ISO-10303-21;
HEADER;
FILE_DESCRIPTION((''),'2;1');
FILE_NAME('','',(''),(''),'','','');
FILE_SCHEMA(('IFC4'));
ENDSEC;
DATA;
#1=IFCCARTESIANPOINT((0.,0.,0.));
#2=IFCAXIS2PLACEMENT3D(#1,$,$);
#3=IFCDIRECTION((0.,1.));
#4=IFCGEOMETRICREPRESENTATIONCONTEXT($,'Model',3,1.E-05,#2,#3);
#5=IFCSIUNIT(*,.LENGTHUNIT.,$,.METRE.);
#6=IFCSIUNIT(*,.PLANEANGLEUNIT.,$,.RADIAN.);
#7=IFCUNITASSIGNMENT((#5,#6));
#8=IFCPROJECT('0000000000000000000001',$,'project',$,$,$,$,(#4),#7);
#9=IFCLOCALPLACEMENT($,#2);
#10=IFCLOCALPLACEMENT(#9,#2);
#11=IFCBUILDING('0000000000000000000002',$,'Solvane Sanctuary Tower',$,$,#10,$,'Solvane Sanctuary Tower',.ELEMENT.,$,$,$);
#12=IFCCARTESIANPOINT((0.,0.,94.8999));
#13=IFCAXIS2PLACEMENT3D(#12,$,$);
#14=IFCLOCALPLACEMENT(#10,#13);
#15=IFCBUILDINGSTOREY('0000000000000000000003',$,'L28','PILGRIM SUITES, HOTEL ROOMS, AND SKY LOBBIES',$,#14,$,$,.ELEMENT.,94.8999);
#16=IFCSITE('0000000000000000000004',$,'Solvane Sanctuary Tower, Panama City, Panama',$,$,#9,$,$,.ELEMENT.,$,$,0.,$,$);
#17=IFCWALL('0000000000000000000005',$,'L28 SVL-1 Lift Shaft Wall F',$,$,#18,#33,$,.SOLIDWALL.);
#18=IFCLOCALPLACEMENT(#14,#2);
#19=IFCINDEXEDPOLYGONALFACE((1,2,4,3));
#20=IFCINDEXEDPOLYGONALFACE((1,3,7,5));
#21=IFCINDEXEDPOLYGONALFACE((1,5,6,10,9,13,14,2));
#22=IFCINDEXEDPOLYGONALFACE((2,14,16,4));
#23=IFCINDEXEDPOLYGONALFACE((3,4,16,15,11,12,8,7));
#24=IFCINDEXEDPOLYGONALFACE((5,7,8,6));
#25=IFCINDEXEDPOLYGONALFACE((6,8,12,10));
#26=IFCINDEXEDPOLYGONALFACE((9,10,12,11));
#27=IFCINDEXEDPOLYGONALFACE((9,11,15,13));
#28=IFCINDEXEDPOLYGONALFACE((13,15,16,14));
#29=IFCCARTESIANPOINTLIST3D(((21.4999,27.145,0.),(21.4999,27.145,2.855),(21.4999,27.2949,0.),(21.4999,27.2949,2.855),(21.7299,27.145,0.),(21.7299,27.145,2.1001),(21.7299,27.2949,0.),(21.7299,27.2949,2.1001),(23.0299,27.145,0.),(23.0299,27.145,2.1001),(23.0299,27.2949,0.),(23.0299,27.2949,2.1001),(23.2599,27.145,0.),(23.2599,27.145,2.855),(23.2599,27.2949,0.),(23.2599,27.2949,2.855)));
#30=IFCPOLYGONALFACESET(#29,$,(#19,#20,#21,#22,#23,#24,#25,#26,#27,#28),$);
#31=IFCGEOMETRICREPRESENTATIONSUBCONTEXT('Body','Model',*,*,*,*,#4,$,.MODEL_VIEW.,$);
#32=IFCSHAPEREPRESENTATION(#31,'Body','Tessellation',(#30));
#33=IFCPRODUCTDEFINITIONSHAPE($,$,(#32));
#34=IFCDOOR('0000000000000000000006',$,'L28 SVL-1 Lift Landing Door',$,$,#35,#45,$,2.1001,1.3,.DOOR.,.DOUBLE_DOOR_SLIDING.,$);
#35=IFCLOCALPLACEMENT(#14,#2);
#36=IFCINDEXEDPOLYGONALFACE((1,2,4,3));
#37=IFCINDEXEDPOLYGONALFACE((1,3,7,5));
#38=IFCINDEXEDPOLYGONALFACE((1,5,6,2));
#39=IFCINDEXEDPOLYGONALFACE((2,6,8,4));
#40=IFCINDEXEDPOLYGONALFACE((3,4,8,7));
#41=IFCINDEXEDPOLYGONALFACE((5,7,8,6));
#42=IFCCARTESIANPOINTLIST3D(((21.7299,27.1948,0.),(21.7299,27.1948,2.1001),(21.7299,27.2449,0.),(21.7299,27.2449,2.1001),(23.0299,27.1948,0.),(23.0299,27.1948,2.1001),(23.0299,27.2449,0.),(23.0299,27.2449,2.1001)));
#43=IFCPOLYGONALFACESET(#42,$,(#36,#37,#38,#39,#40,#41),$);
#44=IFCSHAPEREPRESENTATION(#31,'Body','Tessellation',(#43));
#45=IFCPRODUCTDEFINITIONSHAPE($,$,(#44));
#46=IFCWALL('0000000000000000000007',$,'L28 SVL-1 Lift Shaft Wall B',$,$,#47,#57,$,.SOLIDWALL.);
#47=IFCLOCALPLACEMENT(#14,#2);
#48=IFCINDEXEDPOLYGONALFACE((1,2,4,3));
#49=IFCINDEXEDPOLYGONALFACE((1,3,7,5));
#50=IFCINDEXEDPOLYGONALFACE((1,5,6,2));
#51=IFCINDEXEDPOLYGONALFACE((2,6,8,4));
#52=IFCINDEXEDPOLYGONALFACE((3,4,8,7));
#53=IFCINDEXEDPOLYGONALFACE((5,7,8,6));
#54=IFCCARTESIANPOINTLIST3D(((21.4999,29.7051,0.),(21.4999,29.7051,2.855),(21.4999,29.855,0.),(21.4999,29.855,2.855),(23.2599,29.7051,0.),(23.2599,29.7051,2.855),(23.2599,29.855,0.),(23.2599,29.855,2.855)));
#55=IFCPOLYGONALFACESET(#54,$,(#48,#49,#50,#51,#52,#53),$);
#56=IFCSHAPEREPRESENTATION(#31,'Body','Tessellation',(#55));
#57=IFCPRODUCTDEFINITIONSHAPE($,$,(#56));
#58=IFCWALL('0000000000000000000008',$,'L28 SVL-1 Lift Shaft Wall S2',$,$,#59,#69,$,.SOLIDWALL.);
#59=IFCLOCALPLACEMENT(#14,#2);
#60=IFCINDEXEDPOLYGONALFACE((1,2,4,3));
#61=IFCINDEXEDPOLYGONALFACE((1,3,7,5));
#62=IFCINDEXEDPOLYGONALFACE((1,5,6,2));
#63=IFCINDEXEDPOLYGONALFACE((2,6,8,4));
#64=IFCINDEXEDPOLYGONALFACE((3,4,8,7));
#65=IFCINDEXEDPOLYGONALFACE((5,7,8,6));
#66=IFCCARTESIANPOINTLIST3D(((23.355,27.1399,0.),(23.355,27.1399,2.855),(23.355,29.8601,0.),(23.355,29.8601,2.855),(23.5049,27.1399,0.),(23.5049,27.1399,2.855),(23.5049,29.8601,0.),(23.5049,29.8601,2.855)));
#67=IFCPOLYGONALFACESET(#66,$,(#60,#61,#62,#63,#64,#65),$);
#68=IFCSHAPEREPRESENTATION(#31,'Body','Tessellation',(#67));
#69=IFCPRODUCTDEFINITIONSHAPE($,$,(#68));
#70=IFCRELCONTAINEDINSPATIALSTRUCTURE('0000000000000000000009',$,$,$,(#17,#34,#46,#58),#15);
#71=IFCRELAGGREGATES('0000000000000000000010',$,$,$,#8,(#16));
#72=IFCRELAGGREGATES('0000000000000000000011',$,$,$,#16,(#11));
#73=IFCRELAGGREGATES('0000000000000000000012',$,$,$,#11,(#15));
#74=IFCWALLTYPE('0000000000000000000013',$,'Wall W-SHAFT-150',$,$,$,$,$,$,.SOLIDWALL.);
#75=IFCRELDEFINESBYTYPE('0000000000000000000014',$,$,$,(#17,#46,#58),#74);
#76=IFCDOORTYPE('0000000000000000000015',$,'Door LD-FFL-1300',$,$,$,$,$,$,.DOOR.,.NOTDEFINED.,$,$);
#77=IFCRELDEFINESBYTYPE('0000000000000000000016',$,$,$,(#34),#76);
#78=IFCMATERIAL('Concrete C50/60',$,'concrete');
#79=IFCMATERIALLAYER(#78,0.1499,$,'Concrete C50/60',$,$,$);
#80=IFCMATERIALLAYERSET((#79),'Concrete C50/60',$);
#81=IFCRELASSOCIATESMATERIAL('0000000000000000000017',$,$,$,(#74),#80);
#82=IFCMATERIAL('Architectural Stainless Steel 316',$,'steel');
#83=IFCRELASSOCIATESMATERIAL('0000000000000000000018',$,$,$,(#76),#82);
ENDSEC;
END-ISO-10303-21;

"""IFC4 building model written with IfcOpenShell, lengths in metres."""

from ifc_helpers import new_model, si_unit, direction, frame, frame_2d, origin, place, context, subcontext, project, spatial, rectangle, extrude, material, layer, layer_set, type_object, element, fill, save


model = new_model("IFC4")

# Units and contexts
model_context = context("Model", 3, precision=1e-05, world=origin(), true_north=direction((0.0, 1.0)))
body_context = subcontext(model_context, "Body", "Model", "MODEL_VIEW")
ifc_project = project(units=[si_unit("LENGTHUNIT", "METRE"), si_unit("PLANEANGLEUNIT", "RADIAN")], contexts=[model_context])

# Site, building, storey
site_placement = place(None, origin())
site = spatial("IfcSite", under=ifc_project, at=site_placement, Name="Solvane Sanctuary Tower, Panama City, Panama", CompositionType="ELEMENT", RefElevation=0.0)
building_placement = place(site_placement, origin())
building = spatial("IfcBuilding", under=site, at=building_placement, Name="Solvane Sanctuary Tower", LongName="Solvane Sanctuary Tower", CompositionType="ELEMENT")
storey_placement = place(building_placement, frame((0.0, 0.0, 94.8999)))
storey = spatial("IfcBuildingStorey", under=building, at=storey_placement, Name="L28", Description="PILGRIM SUITES, HOTEL ROOMS, AND SKY LOBBIES", CompositionType="ELEMENT", Elevation=94.8999)

# Shared definitions
ifc_material_1 = material(Name="Architectural Stainless Steel 316", Category="steel")

# Shared definitions
ifc_material_2 = material(Name="Concrete C50/60", Category="concrete")
ifc_layer_1 = layer(ifc_material_2, 0.1499, Name="Concrete C50/60")
ifc_layer_set_1 = layer_set([ifc_layer_1], Name="Concrete C50/60")
wall_type_1 = type_object("IfcWallType", Name="Wall W-SHAFT-150", PredefinedType="SOLIDWALL", material=ifc_layer_set_1)

# Wall, opening, door
wall_1_placement = place(storey_placement, frame((21.5, 27.22, 0.0), z_axis=(0.0, 0.0, 1.0), x_axis=(1.0, 0.0, 0.0)))
wall_1 = element("IfcWall", 1, at=wall_1_placement, inside=storey, type_object=wall_type_1, Name="L28 SVL-1 Lift Shaft Wall F", PredefinedType="SOLIDWALL", context=body_context, shape_type="SweptSolid", body=[
    extrude(rectangle(XDim=1.76, YDim=0.1499, at=frame_2d((0.8799, 0.0))), origin(), (0.0, 0.0, 1.0), 2.855),
])
opening_1_placement = place(wall_1_placement, frame((0.23, 0.0, 0.0)))
opening_1 = element("IfcOpeningElement", 2, at=opening_1_placement, cuts=wall_1, PredefinedType="OPENING", context=body_context, shape_type="SweptSolid", body=[
    extrude(rectangle(XDim=1.3, YDim=2.1001, at=frame_2d((0.6499, 1.05))), frame((0.0, 0.085, 0.0), z_axis=(0.0, -1.0, 0.0), x_axis=(1.0, 0.0, 0.0)), (0.0, 0.0, 1.0), 0.1699),
])
door_type_1 = type_object("IfcDoorType", Name="Door LD-FFL-1300", OperationType="NOTDEFINED", PredefinedType="DOOR", material=ifc_material_1)
door_1_placement = place(opening_1_placement, origin())
door_1 = element("IfcDoor", 3, at=door_1_placement, inside=storey, type_object=door_type_1, Name="L28 SVL-1 Lift Landing Door", OperationType="DOUBLE_DOOR_SLIDING", OverallHeight=2.1001, OverallWidth=1.3, PredefinedType="DOOR", context=body_context, shape_type="SweptSolid", body=[
    extrude(rectangle(XDim=1.3, YDim=2.1001, at=frame_2d((0.6499, 1.05))), frame((0.0, 0.0249, 0.0), z_axis=(0.0, -1.0, 0.0), x_axis=(1.0, 0.0, 0.0)), (0.0, 0.0, 1.0), 0.05),
])
fill(opening_1, door_1)

# Walls
wall_2_placement = place(storey_placement, frame((21.5, 29.78, 0.0), z_axis=(0.0, 0.0, 1.0), x_axis=(1.0, 0.0, 0.0)))
element("IfcWall", 4, at=wall_2_placement, inside=storey, type_object=wall_type_1, Name="L28 SVL-1 Lift Shaft Wall B", PredefinedType="SOLIDWALL", context=body_context, shape_type="SweptSolid", body=[
    extrude(rectangle(XDim=1.76, YDim=0.1499, at=frame_2d((0.8799, 0.0))), origin(), (0.0, 0.0, 1.0), 2.855),
])
wall_3_placement = place(storey_placement, frame((23.4299, 27.1399, 0.0), z_axis=(0.0, 0.0, 1.0), x_axis=(0.0, 1.0, 0.0)))
element("IfcWall", 5, at=wall_3_placement, inside=storey, type_object=wall_type_1, Name="L28 SVL-1 Lift Shaft Wall S2", PredefinedType="SOLIDWALL", context=body_context, shape_type="SweptSolid", body=[
    extrude(rectangle(XDim=2.7202, YDim=0.1499, at=frame_2d((1.3601, 0.0))), origin(), (0.0, 0.0, 1.0), 2.855),
])

save(model, "model.ifc")
